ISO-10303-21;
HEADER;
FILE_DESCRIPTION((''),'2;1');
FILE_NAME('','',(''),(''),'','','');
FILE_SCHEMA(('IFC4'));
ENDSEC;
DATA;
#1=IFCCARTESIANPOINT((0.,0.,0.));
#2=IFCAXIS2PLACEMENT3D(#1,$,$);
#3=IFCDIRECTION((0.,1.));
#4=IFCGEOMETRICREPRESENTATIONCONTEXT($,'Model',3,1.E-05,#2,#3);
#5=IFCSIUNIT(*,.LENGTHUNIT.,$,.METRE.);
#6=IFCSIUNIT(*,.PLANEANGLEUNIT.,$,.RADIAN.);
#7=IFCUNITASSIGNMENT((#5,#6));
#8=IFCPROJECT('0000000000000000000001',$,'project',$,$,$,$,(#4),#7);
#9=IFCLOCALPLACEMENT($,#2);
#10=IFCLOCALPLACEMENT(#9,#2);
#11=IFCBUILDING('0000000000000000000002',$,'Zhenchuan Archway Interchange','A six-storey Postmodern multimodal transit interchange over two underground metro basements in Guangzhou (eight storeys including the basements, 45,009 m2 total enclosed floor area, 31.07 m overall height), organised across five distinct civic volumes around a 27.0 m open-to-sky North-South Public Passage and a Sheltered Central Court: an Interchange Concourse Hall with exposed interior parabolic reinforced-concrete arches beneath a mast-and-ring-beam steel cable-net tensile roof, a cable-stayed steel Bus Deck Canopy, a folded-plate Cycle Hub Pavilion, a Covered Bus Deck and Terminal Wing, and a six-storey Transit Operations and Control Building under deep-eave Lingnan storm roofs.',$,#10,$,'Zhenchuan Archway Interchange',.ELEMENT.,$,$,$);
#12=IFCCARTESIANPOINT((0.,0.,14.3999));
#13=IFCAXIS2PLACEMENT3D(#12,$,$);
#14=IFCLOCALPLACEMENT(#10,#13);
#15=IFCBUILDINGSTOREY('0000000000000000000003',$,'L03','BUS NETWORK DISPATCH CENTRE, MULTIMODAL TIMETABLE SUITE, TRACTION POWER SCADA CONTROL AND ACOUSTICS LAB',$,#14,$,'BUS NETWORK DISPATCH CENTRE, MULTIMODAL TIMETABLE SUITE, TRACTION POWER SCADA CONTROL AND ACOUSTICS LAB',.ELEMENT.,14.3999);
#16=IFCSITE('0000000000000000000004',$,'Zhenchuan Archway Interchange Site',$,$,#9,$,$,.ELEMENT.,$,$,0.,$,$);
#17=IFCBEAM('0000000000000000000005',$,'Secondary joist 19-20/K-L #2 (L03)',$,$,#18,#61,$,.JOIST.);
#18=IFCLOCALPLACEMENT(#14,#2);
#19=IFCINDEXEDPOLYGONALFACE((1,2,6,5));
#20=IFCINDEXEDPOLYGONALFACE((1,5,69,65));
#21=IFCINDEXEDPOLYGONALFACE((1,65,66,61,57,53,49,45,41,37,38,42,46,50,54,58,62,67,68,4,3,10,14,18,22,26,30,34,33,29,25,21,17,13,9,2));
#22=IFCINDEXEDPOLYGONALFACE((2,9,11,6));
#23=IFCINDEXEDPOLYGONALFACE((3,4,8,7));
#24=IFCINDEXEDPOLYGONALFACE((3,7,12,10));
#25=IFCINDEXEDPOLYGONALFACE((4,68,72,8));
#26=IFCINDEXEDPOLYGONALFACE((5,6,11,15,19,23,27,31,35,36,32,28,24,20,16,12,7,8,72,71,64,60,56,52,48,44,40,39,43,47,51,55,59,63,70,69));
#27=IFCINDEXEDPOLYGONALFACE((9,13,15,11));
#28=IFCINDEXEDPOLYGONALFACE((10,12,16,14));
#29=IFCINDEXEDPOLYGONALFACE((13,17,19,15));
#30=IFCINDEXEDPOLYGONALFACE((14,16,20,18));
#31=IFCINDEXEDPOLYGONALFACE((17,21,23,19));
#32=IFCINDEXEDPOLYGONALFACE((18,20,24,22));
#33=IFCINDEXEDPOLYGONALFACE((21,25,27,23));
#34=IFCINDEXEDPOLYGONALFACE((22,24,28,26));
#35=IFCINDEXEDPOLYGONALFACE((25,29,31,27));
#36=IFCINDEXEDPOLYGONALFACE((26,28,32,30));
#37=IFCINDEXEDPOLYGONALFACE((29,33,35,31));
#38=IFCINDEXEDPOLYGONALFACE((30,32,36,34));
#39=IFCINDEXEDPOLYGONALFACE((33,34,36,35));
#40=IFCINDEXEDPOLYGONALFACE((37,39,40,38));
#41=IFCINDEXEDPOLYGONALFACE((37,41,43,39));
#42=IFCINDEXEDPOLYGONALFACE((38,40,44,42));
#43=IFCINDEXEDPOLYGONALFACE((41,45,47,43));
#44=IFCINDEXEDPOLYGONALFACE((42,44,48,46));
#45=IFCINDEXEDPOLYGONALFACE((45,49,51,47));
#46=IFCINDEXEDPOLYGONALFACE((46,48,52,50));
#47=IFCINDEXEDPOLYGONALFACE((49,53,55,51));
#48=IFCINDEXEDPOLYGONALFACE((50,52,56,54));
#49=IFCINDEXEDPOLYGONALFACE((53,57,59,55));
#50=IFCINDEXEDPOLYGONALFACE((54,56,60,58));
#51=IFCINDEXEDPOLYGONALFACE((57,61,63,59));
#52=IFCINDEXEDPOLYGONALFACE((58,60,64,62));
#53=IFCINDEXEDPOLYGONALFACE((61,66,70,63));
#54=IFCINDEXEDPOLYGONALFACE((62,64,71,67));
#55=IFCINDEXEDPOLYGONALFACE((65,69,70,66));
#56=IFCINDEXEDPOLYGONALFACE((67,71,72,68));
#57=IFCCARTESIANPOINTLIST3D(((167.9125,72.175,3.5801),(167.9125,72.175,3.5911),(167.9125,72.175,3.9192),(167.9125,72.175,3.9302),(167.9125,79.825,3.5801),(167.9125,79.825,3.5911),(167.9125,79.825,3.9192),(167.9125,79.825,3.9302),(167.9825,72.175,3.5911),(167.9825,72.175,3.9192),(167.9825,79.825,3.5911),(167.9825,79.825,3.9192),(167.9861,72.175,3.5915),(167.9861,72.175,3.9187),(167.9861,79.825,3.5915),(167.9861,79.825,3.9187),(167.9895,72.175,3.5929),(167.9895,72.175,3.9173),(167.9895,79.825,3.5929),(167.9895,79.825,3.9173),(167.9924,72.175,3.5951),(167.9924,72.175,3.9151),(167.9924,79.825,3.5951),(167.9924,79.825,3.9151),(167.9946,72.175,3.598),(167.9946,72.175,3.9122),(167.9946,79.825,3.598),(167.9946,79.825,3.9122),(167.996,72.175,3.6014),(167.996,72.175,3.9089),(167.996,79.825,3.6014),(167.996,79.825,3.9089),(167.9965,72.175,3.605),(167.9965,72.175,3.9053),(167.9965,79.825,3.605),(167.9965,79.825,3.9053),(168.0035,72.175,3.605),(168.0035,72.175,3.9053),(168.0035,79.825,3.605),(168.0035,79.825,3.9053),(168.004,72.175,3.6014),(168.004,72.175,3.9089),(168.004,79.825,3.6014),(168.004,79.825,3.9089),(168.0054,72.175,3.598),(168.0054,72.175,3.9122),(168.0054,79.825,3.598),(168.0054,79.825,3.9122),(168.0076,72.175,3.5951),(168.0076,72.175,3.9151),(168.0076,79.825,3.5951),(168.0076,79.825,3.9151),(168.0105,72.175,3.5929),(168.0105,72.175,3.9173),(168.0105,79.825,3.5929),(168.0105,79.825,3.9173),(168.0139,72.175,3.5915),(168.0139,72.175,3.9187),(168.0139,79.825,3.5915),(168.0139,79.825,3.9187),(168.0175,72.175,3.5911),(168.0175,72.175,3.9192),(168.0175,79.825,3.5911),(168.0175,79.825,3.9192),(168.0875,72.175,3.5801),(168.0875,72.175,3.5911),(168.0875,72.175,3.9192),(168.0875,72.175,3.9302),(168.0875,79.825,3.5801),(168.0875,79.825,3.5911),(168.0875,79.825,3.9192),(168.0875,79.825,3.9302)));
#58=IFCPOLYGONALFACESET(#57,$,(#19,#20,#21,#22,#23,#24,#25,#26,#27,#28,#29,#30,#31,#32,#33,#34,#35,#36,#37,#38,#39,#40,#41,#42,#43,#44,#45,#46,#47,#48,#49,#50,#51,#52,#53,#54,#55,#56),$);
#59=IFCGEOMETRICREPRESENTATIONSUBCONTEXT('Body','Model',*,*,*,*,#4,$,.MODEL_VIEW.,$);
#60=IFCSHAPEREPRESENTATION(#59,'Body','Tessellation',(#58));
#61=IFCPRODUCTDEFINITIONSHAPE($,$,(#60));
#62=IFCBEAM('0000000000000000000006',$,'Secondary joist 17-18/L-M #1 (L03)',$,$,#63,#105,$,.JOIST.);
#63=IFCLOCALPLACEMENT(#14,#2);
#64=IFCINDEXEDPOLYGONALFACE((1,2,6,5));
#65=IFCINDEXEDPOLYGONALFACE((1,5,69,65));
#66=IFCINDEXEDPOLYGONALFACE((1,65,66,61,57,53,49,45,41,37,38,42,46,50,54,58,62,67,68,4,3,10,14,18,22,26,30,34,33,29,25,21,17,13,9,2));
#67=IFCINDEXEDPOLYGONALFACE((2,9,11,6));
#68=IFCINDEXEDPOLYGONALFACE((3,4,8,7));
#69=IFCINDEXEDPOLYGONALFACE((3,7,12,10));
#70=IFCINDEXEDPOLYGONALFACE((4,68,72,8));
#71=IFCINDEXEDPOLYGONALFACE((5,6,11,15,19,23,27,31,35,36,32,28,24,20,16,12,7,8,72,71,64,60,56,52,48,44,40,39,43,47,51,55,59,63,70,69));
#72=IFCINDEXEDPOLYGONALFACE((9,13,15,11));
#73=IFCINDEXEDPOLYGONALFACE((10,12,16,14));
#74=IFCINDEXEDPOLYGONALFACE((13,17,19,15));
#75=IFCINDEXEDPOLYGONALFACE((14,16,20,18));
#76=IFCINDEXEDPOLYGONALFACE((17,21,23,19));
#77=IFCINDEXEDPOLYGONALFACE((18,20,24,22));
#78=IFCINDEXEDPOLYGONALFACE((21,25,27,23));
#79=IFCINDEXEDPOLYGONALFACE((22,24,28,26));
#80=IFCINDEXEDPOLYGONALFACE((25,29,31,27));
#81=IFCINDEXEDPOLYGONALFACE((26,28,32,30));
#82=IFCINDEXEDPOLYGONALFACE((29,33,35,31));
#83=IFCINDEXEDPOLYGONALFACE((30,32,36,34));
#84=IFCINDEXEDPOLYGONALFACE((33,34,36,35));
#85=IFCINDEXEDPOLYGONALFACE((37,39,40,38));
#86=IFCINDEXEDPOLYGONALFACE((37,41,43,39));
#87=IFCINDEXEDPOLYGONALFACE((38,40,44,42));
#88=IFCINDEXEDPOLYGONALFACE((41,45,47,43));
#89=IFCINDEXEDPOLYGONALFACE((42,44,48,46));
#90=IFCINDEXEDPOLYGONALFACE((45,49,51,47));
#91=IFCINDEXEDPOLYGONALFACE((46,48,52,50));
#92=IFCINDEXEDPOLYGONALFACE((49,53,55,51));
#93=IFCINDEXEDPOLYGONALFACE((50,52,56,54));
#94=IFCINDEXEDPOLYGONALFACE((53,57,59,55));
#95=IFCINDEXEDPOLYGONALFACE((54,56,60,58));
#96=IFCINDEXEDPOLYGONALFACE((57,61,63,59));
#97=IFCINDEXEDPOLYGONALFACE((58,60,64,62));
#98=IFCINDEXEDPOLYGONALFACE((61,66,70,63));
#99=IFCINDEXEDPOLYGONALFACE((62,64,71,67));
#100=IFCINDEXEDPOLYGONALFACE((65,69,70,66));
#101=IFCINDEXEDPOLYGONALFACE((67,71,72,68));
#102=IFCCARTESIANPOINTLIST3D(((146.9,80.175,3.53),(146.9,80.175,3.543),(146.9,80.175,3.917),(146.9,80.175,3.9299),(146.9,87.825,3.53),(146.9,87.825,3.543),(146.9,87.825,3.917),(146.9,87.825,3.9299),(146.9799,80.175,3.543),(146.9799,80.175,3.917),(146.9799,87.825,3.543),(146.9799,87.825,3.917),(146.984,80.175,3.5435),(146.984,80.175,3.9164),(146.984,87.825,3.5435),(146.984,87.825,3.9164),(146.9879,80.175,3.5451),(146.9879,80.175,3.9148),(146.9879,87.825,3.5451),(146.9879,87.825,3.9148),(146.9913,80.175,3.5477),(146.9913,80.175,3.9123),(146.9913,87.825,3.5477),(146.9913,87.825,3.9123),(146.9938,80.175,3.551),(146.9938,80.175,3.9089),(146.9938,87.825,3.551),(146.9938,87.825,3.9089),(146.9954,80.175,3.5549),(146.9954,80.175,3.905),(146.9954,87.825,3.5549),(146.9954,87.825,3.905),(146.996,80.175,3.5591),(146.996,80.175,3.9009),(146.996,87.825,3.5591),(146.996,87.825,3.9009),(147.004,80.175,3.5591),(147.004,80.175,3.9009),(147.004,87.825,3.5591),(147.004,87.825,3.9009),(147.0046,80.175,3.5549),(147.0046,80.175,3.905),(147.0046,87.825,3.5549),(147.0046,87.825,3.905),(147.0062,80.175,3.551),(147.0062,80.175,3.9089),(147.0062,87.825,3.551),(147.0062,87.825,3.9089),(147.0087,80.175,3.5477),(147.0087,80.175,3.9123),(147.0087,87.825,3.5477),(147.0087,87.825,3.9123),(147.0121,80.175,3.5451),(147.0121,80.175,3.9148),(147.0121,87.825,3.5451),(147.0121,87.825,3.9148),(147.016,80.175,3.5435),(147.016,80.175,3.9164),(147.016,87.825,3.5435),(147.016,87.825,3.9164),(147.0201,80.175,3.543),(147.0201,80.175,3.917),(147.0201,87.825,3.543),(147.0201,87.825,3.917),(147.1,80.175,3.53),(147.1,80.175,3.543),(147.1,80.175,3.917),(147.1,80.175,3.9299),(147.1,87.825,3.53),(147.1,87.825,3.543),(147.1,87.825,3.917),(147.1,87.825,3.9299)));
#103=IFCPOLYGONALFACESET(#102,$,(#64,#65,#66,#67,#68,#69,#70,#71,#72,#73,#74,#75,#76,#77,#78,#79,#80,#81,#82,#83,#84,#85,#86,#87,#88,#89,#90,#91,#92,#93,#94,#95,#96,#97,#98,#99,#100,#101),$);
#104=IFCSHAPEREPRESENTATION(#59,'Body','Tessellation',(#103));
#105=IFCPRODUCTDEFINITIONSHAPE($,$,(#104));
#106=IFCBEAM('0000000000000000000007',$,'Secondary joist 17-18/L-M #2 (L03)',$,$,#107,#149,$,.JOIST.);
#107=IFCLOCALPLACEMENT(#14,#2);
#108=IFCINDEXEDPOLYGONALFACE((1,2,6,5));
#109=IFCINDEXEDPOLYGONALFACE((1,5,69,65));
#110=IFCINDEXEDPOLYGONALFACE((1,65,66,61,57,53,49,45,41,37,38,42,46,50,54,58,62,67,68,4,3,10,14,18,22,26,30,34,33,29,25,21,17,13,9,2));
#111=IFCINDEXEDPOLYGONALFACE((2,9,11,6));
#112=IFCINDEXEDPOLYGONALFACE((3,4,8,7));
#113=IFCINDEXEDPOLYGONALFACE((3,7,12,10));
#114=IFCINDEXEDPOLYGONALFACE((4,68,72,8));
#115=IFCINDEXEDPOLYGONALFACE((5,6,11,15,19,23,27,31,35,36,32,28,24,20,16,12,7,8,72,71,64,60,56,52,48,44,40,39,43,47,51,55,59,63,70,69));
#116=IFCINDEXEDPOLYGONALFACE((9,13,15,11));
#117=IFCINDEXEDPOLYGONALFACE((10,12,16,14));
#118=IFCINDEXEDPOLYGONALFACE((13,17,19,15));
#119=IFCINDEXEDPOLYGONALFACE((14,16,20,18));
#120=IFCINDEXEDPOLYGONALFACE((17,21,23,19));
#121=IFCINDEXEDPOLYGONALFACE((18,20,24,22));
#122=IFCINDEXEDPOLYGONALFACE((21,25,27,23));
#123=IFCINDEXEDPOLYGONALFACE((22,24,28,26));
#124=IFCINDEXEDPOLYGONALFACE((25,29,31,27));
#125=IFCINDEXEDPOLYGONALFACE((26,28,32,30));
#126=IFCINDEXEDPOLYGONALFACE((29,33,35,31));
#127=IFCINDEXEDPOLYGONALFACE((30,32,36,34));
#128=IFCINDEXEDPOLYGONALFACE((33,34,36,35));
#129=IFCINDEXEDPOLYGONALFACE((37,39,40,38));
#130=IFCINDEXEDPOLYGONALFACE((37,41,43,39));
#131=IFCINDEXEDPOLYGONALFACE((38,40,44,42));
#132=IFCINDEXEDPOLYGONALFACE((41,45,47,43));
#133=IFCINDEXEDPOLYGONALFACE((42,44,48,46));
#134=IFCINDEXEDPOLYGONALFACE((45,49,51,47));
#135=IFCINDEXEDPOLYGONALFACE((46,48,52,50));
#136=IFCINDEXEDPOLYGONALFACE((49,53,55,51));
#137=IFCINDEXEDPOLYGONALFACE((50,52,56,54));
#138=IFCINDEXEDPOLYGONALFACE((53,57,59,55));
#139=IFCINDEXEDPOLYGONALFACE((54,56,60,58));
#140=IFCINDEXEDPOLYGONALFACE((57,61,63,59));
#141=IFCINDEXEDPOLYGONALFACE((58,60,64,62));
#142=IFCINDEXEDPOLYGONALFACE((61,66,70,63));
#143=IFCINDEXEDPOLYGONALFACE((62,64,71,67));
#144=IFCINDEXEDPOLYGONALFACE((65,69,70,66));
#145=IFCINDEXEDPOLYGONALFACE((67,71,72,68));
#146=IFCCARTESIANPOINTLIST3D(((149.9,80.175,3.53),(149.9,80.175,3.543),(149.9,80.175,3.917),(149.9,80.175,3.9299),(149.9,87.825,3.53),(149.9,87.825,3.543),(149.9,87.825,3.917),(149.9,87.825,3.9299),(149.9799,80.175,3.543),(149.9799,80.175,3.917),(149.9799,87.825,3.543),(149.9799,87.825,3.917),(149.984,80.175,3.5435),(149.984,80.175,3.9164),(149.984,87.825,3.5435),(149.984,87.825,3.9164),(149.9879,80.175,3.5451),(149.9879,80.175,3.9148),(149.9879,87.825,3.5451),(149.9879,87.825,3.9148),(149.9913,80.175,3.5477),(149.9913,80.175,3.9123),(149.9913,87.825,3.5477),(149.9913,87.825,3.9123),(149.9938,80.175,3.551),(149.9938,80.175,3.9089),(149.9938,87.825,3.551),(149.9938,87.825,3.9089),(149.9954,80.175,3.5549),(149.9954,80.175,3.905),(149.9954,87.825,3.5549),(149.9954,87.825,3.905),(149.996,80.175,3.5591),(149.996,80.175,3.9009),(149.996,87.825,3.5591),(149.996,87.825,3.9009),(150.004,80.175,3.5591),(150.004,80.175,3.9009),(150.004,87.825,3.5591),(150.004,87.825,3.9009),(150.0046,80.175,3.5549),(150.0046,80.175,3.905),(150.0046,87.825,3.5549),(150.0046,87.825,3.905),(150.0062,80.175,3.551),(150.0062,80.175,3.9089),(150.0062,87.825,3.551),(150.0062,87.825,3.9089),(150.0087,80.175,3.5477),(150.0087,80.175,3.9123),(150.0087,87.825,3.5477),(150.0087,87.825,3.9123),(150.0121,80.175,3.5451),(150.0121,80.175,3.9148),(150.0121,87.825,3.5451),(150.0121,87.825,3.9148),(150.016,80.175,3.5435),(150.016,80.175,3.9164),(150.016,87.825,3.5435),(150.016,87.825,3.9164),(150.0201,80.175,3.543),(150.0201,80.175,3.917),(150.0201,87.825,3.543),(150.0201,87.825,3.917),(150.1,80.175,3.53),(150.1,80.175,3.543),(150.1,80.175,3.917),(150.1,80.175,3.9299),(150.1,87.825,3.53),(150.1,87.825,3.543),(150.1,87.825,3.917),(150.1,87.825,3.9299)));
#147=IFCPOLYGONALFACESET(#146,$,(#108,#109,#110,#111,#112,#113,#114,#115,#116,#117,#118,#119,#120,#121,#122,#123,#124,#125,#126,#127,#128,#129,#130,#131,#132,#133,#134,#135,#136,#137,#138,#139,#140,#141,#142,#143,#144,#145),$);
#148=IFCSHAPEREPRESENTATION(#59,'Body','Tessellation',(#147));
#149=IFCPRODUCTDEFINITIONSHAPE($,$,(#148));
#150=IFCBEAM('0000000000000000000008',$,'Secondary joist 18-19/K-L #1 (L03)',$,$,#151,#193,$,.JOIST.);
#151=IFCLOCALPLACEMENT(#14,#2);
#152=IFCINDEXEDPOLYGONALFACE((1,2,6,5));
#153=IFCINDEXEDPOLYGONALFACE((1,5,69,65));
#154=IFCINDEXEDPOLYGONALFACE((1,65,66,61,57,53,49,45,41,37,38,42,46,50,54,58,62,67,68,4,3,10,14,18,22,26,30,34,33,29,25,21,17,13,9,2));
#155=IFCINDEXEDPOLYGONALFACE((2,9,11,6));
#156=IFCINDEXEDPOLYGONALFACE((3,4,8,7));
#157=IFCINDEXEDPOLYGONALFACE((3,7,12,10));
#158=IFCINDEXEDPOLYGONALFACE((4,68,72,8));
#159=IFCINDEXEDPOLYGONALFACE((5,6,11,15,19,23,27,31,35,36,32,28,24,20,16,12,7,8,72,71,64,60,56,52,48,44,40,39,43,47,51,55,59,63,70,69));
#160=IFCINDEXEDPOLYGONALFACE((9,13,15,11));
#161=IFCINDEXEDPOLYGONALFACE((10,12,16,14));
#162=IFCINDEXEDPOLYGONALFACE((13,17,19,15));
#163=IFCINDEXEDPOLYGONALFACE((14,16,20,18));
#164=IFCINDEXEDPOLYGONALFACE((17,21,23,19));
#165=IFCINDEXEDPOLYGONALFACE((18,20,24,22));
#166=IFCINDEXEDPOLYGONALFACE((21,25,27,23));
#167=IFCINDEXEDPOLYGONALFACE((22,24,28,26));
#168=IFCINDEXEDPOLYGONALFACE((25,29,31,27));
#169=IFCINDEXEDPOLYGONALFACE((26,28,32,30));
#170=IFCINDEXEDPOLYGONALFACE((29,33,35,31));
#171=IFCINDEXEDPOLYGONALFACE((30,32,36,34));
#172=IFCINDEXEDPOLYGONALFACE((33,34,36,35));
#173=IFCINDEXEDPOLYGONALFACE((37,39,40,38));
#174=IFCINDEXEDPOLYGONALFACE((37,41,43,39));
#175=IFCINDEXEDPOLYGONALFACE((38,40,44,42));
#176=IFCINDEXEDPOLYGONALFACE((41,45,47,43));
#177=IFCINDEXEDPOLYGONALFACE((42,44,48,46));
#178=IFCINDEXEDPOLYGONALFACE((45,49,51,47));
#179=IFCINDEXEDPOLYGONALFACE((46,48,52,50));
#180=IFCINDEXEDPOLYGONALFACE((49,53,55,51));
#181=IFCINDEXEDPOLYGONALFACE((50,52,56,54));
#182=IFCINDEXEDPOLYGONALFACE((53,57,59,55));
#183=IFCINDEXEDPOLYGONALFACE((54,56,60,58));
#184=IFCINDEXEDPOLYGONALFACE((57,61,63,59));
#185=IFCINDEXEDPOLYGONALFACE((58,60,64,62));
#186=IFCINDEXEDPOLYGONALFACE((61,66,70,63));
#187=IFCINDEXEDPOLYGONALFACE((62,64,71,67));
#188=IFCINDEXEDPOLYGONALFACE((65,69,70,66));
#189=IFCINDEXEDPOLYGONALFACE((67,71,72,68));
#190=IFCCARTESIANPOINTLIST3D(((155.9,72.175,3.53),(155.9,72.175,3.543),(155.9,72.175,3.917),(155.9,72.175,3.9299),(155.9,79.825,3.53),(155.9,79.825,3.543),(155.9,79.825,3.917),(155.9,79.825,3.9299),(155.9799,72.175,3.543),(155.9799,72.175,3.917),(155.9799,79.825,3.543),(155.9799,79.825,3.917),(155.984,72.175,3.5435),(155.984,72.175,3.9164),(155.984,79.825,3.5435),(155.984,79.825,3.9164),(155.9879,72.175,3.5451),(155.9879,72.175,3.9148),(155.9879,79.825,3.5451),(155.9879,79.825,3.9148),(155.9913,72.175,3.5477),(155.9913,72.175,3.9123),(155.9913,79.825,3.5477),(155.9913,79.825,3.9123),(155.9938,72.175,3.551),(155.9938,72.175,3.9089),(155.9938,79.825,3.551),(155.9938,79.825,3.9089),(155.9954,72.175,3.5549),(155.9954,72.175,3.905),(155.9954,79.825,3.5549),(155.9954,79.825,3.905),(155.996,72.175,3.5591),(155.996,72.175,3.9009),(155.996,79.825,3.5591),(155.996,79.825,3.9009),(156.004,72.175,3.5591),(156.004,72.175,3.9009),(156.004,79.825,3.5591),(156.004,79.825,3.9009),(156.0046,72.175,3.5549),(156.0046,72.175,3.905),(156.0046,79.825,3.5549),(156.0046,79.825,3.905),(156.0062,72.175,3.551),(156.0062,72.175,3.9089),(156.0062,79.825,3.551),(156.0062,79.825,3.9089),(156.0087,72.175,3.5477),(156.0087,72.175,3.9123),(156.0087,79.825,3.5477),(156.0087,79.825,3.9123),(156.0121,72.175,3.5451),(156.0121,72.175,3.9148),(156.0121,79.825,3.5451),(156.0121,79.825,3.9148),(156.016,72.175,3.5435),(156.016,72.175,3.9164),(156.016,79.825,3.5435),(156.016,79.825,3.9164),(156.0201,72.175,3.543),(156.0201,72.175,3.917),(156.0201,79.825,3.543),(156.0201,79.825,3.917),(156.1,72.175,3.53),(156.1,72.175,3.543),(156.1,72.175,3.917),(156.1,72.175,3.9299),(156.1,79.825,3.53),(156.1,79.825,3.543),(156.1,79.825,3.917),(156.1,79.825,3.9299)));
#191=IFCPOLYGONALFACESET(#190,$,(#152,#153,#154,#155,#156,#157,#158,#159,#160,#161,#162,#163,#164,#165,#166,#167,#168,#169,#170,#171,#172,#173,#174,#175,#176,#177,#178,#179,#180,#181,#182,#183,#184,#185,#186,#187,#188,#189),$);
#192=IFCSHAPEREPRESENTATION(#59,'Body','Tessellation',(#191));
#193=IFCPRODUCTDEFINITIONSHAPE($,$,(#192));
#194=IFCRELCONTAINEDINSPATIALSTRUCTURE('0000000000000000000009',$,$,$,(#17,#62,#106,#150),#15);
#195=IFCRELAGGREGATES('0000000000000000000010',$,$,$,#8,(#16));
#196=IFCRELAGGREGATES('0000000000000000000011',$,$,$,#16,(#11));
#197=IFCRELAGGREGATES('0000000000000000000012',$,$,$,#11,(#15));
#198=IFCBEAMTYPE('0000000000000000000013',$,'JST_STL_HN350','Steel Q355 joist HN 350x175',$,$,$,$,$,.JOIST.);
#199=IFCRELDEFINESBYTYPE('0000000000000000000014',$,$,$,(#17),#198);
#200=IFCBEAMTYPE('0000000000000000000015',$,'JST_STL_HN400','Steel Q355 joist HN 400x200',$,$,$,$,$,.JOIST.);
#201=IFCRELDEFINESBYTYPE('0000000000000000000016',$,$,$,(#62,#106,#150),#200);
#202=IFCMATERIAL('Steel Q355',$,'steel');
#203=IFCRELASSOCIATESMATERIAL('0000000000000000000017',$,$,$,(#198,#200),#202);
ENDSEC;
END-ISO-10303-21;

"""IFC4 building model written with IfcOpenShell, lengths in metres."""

from ifc_helpers import new_model, si_unit, direction, frame, origin, origin_2d, place, context, subcontext, project, spatial, i_section, extrude, material, material_profile, profile_set, type_object, element, save


model = new_model("IFC4")

# Units and contexts
model_context = context("Model", 3, precision=1e-05, world=origin(), true_north=direction((0.0, 1.0)))
body_context = subcontext(model_context, "Body", "Model", "MODEL_VIEW")
ifc_project = project(units=[si_unit("LENGTHUNIT", "METRE"), si_unit("PLANEANGLEUNIT", "RADIAN")], contexts=[model_context])

# Site, building, storey
site_placement = place(None, origin())
site = spatial("IfcSite", under=ifc_project, at=site_placement, Name="Zhenchuan Archway Interchange Site", CompositionType="ELEMENT", RefElevation=0.0)
building_placement = place(site_placement, origin())
building = spatial("IfcBuilding", under=site, at=building_placement, Name="Zhenchuan Archway Interchange", Description="A six-storey Postmodern multimodal transit interchange over two underground metro basements in Guangzhou (eight storeys including the basements, 45,009 m2 total enclosed floor area, 31.07 m overall height), organised across five distinct civic volumes around a 27.0 m open-to-sky North-South Public Passage and a Sheltered Central Court: an Interchange Concourse Hall with exposed interior parabolic reinforced-concrete arches beneath a mast-and-ring-beam steel cable-net tensile roof, a cable-stayed steel Bus Deck Canopy, a folded-plate Cycle Hub Pavilion, a Covered Bus Deck and Terminal Wing, and a six-storey Transit Operations and Control Building under deep-eave Lingnan storm roofs.", LongName="Zhenchuan Archway Interchange", CompositionType="ELEMENT")
storey_placement = place(building_placement, frame((0.0, 0.0, 14.3999)))
storey = spatial("IfcBuildingStorey", under=building, at=storey_placement, Name="L03", Description="BUS NETWORK DISPATCH CENTRE, MULTIMODAL TIMETABLE SUITE, TRACTION POWER SCADA CONTROL AND ACOUSTICS LAB", LongName="BUS NETWORK DISPATCH CENTRE, MULTIMODAL TIMETABLE SUITE, TRACTION POWER SCADA CONTROL AND ACOUSTICS LAB", CompositionType="ELEMENT", Elevation=14.3999)

# Beams
ifc_material_1 = material(Name="Steel Q355", Category="steel")
ifc_material_profile_1 = material_profile(ifc_material_1, i_section(OverallWidth=0.175, OverallDepth=0.3501, WebThickness=0.0071, FlangeThickness=0.011, FilletRadius=0.0139, at=origin_2d()), Name="HN 350x175")
ifc_profile_set_1 = profile_set([ifc_material_profile_1], Name="Steel Q355")
beam_type_1 = type_object("IfcBeamType", Name="JST_STL_HN350", Description="Steel Q355 joist HN 350x175", PredefinedType="JOIST", material=ifc_profile_set_1)
for number, where, z_axis, x_axis, name in (
    (1, (168.0, 72.175, 3.7551), (0.0, 1.0, 0.0), (-1.0, 0.0, 0.0), "Secondary joist 19-20/K-L #2 (L03)"),
):
    element("IfcBeam", number, at=place(storey_placement, frame(where, z_axis=z_axis, x_axis=x_axis)), inside=storey, type_object=beam_type_1, Name=name, PredefinedType="JOIST", context=body_context, shape_type="SweptSolid", body=[
        extrude(i_section(OverallWidth=0.175, OverallDepth=0.3501, WebThickness=0.0071, FlangeThickness=0.011, FilletRadius=0.0139, at=origin_2d()), origin(), (0.0, 0.0, 1.0), 7.6499),
    ])
ifc_material_profile_2 = material_profile(ifc_material_1, i_section(OverallWidth=0.2, OverallDepth=0.3999, WebThickness=0.0081, FlangeThickness=0.0129, FilletRadius=0.0161, at=origin_2d()), Name="HN 400x200")
ifc_profile_set_2 = profile_set([ifc_material_profile_2], Name="Steel Q355")
beam_type_2 = type_object("IfcBeamType", Name="JST_STL_HN400", Description="Steel Q355 joist HN 400x200", PredefinedType="JOIST", material=ifc_profile_set_2)
for number, where, z_axis, x_axis, name in (
    (2, (147.0, 80.175, 3.73), (0.0, 1.0, 0.0), (-1.0, 0.0, 0.0), "Secondary joist 17-18/L-M #1 (L03)"),
    (3, (150.0, 80.175, 3.73), (0.0, 1.0, 0.0), (-1.0, 0.0, 0.0), "Secondary joist 17-18/L-M #2 (L03)"),
    (4, (156.0, 72.175, 3.73), (0.0, 1.0, 0.0), (-1.0, 0.0, 0.0), "Secondary joist 18-19/K-L #1 (L03)"),
):
    element("IfcBeam", number, at=place(storey_placement, frame(where, z_axis=z_axis, x_axis=x_axis)), inside=storey, type_object=beam_type_2, Name=name, PredefinedType="JOIST", context=body_context, shape_type="SweptSolid", body=[
        extrude(i_section(OverallWidth=0.2, OverallDepth=0.3999, WebThickness=0.0081, FlangeThickness=0.0129, FilletRadius=0.0161, at=origin_2d()), origin(), (0.0, 0.0, 1.0), 7.6499),
    ])

save(model, "model.ifc")
